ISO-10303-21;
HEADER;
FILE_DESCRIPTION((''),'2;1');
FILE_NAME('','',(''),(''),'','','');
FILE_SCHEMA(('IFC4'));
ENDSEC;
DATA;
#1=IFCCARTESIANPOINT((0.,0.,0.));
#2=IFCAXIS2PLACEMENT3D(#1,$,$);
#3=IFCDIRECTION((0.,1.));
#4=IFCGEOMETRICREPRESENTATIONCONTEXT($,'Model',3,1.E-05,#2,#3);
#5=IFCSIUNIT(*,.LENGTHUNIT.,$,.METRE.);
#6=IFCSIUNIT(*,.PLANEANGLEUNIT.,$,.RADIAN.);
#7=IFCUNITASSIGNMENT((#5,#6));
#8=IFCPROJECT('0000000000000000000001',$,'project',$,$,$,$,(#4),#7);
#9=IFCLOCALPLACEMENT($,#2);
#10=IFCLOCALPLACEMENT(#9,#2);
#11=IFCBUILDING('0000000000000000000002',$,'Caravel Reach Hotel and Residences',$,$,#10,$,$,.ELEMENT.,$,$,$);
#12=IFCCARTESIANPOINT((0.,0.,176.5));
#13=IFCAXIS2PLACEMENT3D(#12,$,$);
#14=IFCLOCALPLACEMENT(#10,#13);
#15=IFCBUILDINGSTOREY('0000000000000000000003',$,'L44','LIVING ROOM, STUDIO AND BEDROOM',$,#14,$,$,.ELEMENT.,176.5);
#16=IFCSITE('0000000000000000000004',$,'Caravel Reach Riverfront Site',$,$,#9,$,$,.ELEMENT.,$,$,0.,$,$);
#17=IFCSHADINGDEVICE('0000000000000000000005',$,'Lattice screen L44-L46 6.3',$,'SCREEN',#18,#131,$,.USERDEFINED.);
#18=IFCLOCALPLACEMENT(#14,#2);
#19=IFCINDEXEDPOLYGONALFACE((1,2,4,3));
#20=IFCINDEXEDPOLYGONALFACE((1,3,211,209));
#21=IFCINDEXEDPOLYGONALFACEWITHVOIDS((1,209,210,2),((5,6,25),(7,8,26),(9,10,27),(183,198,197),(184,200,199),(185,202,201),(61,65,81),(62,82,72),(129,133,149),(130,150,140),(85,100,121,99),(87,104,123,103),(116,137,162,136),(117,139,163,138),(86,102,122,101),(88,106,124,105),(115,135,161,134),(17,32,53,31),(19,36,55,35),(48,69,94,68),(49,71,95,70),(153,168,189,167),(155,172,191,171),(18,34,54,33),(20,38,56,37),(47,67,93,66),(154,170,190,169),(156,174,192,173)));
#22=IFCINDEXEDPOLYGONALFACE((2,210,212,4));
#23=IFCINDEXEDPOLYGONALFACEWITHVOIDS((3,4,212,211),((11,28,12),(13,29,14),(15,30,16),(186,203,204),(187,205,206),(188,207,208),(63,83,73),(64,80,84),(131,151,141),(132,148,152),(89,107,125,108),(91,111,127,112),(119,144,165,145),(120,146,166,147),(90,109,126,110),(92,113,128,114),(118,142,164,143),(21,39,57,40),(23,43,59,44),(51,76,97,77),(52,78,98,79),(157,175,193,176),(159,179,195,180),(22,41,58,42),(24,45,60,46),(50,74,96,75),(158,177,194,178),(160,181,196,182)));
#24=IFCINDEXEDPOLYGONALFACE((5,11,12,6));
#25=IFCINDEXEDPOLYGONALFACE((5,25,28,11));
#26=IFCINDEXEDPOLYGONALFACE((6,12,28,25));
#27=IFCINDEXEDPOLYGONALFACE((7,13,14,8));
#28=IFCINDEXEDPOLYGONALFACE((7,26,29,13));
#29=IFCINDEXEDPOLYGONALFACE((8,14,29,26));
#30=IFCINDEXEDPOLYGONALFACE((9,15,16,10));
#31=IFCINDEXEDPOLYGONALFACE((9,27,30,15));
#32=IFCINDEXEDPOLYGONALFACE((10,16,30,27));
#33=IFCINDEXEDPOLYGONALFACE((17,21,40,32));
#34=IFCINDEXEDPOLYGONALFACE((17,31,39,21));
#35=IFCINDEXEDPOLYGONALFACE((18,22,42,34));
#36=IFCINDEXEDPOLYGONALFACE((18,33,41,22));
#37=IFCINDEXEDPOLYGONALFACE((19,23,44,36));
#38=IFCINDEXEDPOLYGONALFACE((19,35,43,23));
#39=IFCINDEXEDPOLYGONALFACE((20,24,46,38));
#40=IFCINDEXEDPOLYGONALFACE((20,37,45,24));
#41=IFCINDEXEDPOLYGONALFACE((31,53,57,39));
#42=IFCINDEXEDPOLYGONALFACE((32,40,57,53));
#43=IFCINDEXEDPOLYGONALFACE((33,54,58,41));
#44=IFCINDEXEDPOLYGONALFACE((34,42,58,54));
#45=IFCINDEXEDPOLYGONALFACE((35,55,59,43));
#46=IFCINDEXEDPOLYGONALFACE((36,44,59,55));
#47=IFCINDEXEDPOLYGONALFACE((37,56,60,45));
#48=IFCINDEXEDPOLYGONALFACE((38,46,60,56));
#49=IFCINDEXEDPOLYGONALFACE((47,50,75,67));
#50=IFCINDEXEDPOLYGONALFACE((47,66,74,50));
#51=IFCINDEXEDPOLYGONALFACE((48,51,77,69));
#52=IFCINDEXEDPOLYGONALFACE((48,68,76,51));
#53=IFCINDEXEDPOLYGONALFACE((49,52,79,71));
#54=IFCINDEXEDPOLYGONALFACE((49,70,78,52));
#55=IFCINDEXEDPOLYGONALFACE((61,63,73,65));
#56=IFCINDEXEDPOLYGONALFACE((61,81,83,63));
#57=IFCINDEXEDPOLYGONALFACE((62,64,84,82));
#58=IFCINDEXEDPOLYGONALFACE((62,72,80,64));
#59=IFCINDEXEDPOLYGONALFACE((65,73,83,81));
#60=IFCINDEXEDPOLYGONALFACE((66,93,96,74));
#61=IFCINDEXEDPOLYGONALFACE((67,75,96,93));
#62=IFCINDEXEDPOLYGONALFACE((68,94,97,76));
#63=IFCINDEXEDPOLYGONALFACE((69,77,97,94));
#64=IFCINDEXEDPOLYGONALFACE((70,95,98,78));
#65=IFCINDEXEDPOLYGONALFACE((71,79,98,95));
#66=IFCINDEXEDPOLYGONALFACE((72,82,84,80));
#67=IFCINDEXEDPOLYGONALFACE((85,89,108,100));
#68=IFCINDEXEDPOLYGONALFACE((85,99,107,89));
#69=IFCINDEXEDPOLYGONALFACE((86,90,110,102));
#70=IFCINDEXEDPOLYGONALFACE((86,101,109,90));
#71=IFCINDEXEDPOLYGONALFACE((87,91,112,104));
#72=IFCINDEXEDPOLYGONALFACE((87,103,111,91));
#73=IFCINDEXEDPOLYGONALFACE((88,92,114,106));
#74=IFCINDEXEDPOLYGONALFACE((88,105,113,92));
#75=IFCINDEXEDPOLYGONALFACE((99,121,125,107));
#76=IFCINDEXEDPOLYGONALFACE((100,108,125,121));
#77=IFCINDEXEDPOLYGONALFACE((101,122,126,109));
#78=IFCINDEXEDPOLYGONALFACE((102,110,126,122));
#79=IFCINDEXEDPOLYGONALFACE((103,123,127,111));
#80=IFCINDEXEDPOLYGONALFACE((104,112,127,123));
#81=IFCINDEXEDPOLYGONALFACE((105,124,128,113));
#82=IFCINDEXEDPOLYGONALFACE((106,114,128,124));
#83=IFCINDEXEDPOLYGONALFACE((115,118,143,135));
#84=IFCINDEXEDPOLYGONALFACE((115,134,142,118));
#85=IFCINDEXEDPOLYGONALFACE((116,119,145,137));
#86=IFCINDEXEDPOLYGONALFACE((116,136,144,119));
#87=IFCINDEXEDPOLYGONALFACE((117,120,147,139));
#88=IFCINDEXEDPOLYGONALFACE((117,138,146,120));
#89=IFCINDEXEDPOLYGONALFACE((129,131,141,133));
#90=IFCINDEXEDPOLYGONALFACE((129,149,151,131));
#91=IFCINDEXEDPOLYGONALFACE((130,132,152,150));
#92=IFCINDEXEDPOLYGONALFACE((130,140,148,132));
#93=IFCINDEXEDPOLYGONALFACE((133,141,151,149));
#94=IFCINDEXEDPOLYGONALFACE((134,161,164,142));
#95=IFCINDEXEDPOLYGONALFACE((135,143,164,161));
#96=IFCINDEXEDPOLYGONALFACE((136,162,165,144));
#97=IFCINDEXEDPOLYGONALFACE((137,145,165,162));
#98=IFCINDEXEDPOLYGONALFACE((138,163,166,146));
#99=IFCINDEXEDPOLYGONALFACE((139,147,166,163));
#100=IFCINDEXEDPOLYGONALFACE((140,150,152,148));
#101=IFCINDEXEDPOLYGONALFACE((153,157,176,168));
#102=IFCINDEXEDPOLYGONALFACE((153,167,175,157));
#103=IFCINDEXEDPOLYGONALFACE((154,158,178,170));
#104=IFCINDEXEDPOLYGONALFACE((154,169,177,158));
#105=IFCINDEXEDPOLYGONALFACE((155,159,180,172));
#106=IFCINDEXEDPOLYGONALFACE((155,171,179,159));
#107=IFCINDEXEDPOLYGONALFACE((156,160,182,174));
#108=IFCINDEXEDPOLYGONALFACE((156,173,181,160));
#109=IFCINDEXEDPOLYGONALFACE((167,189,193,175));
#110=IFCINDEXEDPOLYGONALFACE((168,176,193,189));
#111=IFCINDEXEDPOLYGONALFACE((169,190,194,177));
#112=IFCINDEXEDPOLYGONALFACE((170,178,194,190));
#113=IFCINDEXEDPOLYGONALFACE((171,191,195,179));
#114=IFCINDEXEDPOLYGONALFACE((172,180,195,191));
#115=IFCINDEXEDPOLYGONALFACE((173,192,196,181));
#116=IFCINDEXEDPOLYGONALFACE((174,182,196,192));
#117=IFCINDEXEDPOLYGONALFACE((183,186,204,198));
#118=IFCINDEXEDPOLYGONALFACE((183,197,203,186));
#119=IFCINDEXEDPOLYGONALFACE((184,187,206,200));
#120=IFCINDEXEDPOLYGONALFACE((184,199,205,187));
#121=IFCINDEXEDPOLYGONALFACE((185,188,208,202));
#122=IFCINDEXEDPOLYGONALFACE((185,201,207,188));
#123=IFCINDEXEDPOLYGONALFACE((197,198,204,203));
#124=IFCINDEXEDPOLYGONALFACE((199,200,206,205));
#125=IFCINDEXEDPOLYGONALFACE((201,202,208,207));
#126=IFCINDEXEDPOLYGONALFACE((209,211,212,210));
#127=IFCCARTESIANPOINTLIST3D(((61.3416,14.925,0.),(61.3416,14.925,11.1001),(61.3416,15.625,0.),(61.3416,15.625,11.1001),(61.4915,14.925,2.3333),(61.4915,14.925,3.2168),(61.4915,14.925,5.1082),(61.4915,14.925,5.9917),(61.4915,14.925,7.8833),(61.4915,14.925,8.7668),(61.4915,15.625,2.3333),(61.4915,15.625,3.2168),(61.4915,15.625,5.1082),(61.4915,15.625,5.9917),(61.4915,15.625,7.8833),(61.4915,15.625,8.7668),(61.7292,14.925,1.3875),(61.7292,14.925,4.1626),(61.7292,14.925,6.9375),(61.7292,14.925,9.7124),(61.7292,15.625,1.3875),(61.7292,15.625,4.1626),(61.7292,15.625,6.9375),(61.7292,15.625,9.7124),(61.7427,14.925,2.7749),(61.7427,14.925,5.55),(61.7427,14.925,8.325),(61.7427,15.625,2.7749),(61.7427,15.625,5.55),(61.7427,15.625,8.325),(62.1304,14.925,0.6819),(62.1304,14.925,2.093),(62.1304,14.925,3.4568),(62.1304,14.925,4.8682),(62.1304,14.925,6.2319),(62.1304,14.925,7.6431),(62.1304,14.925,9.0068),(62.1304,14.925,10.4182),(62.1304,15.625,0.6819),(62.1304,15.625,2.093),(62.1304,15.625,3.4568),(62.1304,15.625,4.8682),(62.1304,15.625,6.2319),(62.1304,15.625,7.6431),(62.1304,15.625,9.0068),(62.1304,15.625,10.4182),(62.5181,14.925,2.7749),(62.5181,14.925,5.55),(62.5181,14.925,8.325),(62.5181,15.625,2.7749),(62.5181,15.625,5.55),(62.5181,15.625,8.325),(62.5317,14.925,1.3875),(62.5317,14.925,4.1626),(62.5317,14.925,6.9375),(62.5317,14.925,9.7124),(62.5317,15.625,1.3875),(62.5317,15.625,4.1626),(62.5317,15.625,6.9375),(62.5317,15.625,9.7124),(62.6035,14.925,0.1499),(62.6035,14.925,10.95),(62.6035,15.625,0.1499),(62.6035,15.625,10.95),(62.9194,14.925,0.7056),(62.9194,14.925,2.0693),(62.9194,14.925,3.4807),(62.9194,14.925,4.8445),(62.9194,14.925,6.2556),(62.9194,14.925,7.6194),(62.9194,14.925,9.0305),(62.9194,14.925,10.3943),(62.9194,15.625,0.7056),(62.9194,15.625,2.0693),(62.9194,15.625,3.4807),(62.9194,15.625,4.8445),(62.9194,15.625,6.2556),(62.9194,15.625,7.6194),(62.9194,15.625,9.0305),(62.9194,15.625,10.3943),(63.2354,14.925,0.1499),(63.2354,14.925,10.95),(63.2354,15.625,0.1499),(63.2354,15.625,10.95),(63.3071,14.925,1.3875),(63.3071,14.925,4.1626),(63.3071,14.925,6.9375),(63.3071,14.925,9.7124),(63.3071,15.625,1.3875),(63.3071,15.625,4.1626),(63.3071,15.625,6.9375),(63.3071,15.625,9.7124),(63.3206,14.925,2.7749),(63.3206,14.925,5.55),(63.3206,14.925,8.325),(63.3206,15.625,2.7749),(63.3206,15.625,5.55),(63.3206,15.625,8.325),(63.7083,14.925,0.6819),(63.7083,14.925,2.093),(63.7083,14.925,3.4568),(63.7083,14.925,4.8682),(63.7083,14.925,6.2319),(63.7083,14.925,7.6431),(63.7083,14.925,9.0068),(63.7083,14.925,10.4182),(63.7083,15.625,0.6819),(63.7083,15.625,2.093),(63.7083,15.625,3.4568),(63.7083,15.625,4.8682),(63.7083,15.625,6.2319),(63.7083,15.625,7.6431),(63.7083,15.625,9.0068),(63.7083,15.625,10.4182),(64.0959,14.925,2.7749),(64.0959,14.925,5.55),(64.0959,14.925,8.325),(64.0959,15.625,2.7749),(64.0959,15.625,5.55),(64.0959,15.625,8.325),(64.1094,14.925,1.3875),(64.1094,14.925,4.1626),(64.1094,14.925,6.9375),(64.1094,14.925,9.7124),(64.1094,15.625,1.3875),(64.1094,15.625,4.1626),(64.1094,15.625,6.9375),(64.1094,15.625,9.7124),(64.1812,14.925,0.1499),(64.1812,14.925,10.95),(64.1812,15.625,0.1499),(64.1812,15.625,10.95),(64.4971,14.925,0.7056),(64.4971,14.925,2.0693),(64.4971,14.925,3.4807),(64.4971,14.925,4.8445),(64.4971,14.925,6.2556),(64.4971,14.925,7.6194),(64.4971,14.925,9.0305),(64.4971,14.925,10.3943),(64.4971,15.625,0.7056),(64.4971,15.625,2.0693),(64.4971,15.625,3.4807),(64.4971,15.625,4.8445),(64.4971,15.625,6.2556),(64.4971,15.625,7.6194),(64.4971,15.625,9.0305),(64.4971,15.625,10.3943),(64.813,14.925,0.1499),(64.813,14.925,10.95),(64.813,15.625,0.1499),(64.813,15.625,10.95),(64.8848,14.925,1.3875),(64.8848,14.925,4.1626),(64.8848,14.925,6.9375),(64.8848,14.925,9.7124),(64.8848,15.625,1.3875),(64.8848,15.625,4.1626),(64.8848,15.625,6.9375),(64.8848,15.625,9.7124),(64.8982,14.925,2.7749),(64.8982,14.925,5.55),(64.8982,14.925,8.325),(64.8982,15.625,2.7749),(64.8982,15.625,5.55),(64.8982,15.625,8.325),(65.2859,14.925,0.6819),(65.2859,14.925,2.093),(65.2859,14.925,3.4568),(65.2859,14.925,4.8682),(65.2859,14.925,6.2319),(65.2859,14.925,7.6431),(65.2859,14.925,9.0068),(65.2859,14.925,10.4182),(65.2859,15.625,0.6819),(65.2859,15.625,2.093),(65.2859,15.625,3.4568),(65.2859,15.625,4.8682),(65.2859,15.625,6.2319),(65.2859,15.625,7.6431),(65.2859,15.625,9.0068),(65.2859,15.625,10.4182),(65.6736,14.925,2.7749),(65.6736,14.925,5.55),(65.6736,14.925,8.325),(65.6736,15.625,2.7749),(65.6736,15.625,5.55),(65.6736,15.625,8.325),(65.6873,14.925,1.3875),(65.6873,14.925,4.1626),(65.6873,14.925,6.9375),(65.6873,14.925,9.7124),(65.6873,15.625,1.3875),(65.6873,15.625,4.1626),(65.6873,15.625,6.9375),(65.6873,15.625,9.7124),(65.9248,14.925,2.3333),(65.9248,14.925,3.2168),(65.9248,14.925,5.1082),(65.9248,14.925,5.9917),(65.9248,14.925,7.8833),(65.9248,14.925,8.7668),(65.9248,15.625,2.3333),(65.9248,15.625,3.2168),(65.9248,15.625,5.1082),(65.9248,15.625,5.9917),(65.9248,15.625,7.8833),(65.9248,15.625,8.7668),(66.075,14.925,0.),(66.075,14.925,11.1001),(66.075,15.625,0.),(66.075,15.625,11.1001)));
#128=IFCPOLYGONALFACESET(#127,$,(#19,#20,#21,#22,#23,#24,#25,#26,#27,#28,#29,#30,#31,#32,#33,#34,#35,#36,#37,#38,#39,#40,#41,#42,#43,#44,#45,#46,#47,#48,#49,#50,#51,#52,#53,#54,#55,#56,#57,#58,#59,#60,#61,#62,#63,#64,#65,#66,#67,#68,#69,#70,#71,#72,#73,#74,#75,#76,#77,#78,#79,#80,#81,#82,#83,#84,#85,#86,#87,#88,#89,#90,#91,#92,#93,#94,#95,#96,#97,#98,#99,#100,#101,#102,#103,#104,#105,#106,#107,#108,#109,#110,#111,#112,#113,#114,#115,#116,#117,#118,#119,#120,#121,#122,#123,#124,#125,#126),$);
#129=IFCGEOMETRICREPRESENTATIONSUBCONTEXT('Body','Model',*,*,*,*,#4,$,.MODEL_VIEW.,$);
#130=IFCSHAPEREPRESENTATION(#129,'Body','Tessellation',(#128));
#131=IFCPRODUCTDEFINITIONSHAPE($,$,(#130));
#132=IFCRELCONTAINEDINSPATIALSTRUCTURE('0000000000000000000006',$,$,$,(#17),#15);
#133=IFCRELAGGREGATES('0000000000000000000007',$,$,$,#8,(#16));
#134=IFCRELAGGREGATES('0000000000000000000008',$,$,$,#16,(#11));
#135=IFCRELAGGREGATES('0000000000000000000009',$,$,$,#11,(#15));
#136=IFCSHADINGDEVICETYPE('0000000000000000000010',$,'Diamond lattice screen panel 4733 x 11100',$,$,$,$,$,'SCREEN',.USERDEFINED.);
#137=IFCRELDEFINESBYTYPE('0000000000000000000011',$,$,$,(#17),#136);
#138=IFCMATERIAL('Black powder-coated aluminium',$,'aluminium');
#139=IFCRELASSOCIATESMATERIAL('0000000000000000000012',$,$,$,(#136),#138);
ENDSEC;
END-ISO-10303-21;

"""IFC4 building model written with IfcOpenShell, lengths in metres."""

from ifc_helpers import new_model, si_unit, direction, frame, origin, place, context, subcontext, project, spatial, polyline, outline, extrude, material, type_object, element, save


model = new_model("IFC4")

# Units and contexts
model_context = context("Model", 3, precision=1e-05, world=origin(), true_north=direction((0.0, 1.0)))
body_context = subcontext(model_context, "Body", "Model", "MODEL_VIEW")
ifc_project = project(units=[si_unit("LENGTHUNIT", "METRE"), si_unit("PLANEANGLEUNIT", "RADIAN")], contexts=[model_context])

# Site, building, storey
site_placement = place(None, origin())
site = spatial("IfcSite", under=ifc_project, at=site_placement, Name="Caravel Reach Riverfront Site", CompositionType="ELEMENT", RefElevation=0.0)
building_placement = place(site_placement, origin())
building = spatial("IfcBuilding", under=site, at=building_placement, Name="Caravel Reach Hotel and Residences", CompositionType="ELEMENT")
storey_placement = place(building_placement, frame((0.0, 0.0, 176.5)))
storey = spatial("IfcBuildingStorey", under=building, at=storey_placement, Name="L44", Description="LIVING ROOM, STUDIO AND BEDROOM", CompositionType="ELEMENT", Elevation=176.5)

# Shading device
ifc_material_1 = material(Name="Black powder-coated aluminium", Category="aluminium")
shading_device_type_1 = type_object("IfcShadingDeviceType", Name="Diamond lattice screen panel 4733 x 11100", ElementType="SCREEN", PredefinedType="USERDEFINED", material=ifc_material_1)
shading_device_1_placement = place(storey_placement, frame((61.3416, 15.625, 0.0), z_axis=(0.0, -1.0, 0.0), x_axis=(1.0, 0.0, 0.0)))
element("IfcShadingDevice", 1, at=shading_device_1_placement, inside=storey, type_object=shading_device_type_1, Name="Lattice screen L44-L46 6.3", ObjectType="SCREEN", PredefinedType="USERDEFINED", context=body_context, shape_type="SweptSolid", body=[
    extrude(outline(polyline([(0.0, 0.0), (4.7334, 0.0), (4.7334, 11.1001), (0.0, 11.1001), (0.0, 0.0)]), holes=[polyline([(0.4011, 2.7749), (0.1499, 3.2168), (0.1499, 2.3333), (0.4011, 2.7749)]), polyline([(0.4011, 5.55), (0.1499, 5.9917), (0.1499, 5.1082), (0.4011, 5.55)]), polyline([(0.4011, 8.325), (0.1499, 8.7668), (0.1499, 7.8833), (0.4011, 8.325)]), polyline([(0.7888, 2.093), (0.3877, 1.3875), (0.7888, 0.6819), (1.1902, 1.3875), (0.7888, 2.093)]), polyline([(0.7888, 4.8682), (0.3877, 4.1626), (0.7888, 3.4568), (1.1902, 4.1626), (0.7888, 4.8682)]), polyline([(0.7888, 7.6431), (0.3877, 6.9375), (0.7888, 6.2319), (1.1902, 6.9375), (0.7888, 7.6431)]), polyline([(0.7888, 10.4182), (0.3877, 9.7124), (0.7888, 9.0068), (1.1902, 9.7124), (0.7888, 10.4182)]), polyline([(1.5779, 0.7056), (1.262, 0.1499), (1.8938, 0.1499), (1.5779, 0.7056)]), polyline([(1.5779, 3.4807), (1.1765, 2.7749), (1.5779, 2.0693), (1.979, 2.7749), (1.5779, 3.4807)]), polyline([(1.5779, 6.2556), (1.1765, 5.55), (1.5779, 4.8445), (1.979, 5.55), (1.5779, 6.2556)]), polyline([(1.5779, 9.0305), (1.1765, 8.325), (1.5779, 7.6194), (1.979, 8.325), (1.5779, 9.0305)]), polyline([(1.5779, 10.3943), (1.8938, 10.95), (1.262, 10.95), (1.5779, 10.3943)]), polyline([(2.3667, 2.093), (1.9656, 1.3875), (2.3667, 0.6819), (2.7678, 1.3875), (2.3667, 2.093)]), polyline([(2.3667, 4.8682), (1.9656, 4.1626), (2.3667, 3.4568), (2.7678, 4.1626), (2.3667, 4.8682)]), polyline([(2.3667, 7.6431), (1.9656, 6.9375), (2.3667, 6.2319), (2.7678, 6.9375), (2.3667, 7.6431)]), polyline([(2.3667, 10.4182), (1.9656, 9.7124), (2.3667, 9.0068), (2.7678, 9.7124), (2.3667, 10.4182)]), polyline([(3.1555, 0.7056), (2.8396, 0.1499), (3.4714, 0.1499), (3.1555, 0.7056)]), polyline([(3.1555, 3.4807), (2.7544, 2.7749), (3.1555, 2.0693), (3.5566, 2.7749), (3.1555, 3.4807)]), polyline([(3.1555, 6.2556), (2.7544, 5.55), (3.1555, 4.8445), (3.5566, 5.55), (3.1555, 6.2556)]), polyline([(3.1555, 9.0305), (2.7544, 8.325), (3.1555, 7.6194), (3.5566, 8.325), (3.1555, 9.0305)]), polyline([(3.1555, 10.3943), (3.4714, 10.95), (2.8396, 10.95), (3.1555, 10.3943)]), polyline([(3.9443, 2.093), (3.5432, 1.3875), (3.9443, 0.6819), (4.3457, 1.3875), (3.9443, 2.093)]), polyline([(3.9443, 4.8682), (3.5432, 4.1626), (3.9443, 3.4568), (4.3457, 4.1626), (3.9443, 4.8682)]), polyline([(3.9443, 7.6431), (3.5432, 6.9375), (3.9443, 6.2319), (4.3457, 6.9375), (3.9443, 7.6431)]), polyline([(3.9443, 10.4182), (3.5432, 9.7124), (3.9443, 9.0068), (4.3457, 9.7124), (3.9443, 10.4182)]), polyline([(4.332, 2.7749), (4.5833, 2.3333), (4.5833, 3.2168), (4.332, 2.7749)]), polyline([(4.332, 5.55), (4.5833, 5.1082), (4.5833, 5.9917), (4.332, 5.55)]), polyline([(4.332, 8.325), (4.5833, 7.8833), (4.5833, 8.7668), (4.332, 8.325)])]), origin(), (0.0, 0.0, 1.0), 0.7),
])

save(model, "model.ifc")
